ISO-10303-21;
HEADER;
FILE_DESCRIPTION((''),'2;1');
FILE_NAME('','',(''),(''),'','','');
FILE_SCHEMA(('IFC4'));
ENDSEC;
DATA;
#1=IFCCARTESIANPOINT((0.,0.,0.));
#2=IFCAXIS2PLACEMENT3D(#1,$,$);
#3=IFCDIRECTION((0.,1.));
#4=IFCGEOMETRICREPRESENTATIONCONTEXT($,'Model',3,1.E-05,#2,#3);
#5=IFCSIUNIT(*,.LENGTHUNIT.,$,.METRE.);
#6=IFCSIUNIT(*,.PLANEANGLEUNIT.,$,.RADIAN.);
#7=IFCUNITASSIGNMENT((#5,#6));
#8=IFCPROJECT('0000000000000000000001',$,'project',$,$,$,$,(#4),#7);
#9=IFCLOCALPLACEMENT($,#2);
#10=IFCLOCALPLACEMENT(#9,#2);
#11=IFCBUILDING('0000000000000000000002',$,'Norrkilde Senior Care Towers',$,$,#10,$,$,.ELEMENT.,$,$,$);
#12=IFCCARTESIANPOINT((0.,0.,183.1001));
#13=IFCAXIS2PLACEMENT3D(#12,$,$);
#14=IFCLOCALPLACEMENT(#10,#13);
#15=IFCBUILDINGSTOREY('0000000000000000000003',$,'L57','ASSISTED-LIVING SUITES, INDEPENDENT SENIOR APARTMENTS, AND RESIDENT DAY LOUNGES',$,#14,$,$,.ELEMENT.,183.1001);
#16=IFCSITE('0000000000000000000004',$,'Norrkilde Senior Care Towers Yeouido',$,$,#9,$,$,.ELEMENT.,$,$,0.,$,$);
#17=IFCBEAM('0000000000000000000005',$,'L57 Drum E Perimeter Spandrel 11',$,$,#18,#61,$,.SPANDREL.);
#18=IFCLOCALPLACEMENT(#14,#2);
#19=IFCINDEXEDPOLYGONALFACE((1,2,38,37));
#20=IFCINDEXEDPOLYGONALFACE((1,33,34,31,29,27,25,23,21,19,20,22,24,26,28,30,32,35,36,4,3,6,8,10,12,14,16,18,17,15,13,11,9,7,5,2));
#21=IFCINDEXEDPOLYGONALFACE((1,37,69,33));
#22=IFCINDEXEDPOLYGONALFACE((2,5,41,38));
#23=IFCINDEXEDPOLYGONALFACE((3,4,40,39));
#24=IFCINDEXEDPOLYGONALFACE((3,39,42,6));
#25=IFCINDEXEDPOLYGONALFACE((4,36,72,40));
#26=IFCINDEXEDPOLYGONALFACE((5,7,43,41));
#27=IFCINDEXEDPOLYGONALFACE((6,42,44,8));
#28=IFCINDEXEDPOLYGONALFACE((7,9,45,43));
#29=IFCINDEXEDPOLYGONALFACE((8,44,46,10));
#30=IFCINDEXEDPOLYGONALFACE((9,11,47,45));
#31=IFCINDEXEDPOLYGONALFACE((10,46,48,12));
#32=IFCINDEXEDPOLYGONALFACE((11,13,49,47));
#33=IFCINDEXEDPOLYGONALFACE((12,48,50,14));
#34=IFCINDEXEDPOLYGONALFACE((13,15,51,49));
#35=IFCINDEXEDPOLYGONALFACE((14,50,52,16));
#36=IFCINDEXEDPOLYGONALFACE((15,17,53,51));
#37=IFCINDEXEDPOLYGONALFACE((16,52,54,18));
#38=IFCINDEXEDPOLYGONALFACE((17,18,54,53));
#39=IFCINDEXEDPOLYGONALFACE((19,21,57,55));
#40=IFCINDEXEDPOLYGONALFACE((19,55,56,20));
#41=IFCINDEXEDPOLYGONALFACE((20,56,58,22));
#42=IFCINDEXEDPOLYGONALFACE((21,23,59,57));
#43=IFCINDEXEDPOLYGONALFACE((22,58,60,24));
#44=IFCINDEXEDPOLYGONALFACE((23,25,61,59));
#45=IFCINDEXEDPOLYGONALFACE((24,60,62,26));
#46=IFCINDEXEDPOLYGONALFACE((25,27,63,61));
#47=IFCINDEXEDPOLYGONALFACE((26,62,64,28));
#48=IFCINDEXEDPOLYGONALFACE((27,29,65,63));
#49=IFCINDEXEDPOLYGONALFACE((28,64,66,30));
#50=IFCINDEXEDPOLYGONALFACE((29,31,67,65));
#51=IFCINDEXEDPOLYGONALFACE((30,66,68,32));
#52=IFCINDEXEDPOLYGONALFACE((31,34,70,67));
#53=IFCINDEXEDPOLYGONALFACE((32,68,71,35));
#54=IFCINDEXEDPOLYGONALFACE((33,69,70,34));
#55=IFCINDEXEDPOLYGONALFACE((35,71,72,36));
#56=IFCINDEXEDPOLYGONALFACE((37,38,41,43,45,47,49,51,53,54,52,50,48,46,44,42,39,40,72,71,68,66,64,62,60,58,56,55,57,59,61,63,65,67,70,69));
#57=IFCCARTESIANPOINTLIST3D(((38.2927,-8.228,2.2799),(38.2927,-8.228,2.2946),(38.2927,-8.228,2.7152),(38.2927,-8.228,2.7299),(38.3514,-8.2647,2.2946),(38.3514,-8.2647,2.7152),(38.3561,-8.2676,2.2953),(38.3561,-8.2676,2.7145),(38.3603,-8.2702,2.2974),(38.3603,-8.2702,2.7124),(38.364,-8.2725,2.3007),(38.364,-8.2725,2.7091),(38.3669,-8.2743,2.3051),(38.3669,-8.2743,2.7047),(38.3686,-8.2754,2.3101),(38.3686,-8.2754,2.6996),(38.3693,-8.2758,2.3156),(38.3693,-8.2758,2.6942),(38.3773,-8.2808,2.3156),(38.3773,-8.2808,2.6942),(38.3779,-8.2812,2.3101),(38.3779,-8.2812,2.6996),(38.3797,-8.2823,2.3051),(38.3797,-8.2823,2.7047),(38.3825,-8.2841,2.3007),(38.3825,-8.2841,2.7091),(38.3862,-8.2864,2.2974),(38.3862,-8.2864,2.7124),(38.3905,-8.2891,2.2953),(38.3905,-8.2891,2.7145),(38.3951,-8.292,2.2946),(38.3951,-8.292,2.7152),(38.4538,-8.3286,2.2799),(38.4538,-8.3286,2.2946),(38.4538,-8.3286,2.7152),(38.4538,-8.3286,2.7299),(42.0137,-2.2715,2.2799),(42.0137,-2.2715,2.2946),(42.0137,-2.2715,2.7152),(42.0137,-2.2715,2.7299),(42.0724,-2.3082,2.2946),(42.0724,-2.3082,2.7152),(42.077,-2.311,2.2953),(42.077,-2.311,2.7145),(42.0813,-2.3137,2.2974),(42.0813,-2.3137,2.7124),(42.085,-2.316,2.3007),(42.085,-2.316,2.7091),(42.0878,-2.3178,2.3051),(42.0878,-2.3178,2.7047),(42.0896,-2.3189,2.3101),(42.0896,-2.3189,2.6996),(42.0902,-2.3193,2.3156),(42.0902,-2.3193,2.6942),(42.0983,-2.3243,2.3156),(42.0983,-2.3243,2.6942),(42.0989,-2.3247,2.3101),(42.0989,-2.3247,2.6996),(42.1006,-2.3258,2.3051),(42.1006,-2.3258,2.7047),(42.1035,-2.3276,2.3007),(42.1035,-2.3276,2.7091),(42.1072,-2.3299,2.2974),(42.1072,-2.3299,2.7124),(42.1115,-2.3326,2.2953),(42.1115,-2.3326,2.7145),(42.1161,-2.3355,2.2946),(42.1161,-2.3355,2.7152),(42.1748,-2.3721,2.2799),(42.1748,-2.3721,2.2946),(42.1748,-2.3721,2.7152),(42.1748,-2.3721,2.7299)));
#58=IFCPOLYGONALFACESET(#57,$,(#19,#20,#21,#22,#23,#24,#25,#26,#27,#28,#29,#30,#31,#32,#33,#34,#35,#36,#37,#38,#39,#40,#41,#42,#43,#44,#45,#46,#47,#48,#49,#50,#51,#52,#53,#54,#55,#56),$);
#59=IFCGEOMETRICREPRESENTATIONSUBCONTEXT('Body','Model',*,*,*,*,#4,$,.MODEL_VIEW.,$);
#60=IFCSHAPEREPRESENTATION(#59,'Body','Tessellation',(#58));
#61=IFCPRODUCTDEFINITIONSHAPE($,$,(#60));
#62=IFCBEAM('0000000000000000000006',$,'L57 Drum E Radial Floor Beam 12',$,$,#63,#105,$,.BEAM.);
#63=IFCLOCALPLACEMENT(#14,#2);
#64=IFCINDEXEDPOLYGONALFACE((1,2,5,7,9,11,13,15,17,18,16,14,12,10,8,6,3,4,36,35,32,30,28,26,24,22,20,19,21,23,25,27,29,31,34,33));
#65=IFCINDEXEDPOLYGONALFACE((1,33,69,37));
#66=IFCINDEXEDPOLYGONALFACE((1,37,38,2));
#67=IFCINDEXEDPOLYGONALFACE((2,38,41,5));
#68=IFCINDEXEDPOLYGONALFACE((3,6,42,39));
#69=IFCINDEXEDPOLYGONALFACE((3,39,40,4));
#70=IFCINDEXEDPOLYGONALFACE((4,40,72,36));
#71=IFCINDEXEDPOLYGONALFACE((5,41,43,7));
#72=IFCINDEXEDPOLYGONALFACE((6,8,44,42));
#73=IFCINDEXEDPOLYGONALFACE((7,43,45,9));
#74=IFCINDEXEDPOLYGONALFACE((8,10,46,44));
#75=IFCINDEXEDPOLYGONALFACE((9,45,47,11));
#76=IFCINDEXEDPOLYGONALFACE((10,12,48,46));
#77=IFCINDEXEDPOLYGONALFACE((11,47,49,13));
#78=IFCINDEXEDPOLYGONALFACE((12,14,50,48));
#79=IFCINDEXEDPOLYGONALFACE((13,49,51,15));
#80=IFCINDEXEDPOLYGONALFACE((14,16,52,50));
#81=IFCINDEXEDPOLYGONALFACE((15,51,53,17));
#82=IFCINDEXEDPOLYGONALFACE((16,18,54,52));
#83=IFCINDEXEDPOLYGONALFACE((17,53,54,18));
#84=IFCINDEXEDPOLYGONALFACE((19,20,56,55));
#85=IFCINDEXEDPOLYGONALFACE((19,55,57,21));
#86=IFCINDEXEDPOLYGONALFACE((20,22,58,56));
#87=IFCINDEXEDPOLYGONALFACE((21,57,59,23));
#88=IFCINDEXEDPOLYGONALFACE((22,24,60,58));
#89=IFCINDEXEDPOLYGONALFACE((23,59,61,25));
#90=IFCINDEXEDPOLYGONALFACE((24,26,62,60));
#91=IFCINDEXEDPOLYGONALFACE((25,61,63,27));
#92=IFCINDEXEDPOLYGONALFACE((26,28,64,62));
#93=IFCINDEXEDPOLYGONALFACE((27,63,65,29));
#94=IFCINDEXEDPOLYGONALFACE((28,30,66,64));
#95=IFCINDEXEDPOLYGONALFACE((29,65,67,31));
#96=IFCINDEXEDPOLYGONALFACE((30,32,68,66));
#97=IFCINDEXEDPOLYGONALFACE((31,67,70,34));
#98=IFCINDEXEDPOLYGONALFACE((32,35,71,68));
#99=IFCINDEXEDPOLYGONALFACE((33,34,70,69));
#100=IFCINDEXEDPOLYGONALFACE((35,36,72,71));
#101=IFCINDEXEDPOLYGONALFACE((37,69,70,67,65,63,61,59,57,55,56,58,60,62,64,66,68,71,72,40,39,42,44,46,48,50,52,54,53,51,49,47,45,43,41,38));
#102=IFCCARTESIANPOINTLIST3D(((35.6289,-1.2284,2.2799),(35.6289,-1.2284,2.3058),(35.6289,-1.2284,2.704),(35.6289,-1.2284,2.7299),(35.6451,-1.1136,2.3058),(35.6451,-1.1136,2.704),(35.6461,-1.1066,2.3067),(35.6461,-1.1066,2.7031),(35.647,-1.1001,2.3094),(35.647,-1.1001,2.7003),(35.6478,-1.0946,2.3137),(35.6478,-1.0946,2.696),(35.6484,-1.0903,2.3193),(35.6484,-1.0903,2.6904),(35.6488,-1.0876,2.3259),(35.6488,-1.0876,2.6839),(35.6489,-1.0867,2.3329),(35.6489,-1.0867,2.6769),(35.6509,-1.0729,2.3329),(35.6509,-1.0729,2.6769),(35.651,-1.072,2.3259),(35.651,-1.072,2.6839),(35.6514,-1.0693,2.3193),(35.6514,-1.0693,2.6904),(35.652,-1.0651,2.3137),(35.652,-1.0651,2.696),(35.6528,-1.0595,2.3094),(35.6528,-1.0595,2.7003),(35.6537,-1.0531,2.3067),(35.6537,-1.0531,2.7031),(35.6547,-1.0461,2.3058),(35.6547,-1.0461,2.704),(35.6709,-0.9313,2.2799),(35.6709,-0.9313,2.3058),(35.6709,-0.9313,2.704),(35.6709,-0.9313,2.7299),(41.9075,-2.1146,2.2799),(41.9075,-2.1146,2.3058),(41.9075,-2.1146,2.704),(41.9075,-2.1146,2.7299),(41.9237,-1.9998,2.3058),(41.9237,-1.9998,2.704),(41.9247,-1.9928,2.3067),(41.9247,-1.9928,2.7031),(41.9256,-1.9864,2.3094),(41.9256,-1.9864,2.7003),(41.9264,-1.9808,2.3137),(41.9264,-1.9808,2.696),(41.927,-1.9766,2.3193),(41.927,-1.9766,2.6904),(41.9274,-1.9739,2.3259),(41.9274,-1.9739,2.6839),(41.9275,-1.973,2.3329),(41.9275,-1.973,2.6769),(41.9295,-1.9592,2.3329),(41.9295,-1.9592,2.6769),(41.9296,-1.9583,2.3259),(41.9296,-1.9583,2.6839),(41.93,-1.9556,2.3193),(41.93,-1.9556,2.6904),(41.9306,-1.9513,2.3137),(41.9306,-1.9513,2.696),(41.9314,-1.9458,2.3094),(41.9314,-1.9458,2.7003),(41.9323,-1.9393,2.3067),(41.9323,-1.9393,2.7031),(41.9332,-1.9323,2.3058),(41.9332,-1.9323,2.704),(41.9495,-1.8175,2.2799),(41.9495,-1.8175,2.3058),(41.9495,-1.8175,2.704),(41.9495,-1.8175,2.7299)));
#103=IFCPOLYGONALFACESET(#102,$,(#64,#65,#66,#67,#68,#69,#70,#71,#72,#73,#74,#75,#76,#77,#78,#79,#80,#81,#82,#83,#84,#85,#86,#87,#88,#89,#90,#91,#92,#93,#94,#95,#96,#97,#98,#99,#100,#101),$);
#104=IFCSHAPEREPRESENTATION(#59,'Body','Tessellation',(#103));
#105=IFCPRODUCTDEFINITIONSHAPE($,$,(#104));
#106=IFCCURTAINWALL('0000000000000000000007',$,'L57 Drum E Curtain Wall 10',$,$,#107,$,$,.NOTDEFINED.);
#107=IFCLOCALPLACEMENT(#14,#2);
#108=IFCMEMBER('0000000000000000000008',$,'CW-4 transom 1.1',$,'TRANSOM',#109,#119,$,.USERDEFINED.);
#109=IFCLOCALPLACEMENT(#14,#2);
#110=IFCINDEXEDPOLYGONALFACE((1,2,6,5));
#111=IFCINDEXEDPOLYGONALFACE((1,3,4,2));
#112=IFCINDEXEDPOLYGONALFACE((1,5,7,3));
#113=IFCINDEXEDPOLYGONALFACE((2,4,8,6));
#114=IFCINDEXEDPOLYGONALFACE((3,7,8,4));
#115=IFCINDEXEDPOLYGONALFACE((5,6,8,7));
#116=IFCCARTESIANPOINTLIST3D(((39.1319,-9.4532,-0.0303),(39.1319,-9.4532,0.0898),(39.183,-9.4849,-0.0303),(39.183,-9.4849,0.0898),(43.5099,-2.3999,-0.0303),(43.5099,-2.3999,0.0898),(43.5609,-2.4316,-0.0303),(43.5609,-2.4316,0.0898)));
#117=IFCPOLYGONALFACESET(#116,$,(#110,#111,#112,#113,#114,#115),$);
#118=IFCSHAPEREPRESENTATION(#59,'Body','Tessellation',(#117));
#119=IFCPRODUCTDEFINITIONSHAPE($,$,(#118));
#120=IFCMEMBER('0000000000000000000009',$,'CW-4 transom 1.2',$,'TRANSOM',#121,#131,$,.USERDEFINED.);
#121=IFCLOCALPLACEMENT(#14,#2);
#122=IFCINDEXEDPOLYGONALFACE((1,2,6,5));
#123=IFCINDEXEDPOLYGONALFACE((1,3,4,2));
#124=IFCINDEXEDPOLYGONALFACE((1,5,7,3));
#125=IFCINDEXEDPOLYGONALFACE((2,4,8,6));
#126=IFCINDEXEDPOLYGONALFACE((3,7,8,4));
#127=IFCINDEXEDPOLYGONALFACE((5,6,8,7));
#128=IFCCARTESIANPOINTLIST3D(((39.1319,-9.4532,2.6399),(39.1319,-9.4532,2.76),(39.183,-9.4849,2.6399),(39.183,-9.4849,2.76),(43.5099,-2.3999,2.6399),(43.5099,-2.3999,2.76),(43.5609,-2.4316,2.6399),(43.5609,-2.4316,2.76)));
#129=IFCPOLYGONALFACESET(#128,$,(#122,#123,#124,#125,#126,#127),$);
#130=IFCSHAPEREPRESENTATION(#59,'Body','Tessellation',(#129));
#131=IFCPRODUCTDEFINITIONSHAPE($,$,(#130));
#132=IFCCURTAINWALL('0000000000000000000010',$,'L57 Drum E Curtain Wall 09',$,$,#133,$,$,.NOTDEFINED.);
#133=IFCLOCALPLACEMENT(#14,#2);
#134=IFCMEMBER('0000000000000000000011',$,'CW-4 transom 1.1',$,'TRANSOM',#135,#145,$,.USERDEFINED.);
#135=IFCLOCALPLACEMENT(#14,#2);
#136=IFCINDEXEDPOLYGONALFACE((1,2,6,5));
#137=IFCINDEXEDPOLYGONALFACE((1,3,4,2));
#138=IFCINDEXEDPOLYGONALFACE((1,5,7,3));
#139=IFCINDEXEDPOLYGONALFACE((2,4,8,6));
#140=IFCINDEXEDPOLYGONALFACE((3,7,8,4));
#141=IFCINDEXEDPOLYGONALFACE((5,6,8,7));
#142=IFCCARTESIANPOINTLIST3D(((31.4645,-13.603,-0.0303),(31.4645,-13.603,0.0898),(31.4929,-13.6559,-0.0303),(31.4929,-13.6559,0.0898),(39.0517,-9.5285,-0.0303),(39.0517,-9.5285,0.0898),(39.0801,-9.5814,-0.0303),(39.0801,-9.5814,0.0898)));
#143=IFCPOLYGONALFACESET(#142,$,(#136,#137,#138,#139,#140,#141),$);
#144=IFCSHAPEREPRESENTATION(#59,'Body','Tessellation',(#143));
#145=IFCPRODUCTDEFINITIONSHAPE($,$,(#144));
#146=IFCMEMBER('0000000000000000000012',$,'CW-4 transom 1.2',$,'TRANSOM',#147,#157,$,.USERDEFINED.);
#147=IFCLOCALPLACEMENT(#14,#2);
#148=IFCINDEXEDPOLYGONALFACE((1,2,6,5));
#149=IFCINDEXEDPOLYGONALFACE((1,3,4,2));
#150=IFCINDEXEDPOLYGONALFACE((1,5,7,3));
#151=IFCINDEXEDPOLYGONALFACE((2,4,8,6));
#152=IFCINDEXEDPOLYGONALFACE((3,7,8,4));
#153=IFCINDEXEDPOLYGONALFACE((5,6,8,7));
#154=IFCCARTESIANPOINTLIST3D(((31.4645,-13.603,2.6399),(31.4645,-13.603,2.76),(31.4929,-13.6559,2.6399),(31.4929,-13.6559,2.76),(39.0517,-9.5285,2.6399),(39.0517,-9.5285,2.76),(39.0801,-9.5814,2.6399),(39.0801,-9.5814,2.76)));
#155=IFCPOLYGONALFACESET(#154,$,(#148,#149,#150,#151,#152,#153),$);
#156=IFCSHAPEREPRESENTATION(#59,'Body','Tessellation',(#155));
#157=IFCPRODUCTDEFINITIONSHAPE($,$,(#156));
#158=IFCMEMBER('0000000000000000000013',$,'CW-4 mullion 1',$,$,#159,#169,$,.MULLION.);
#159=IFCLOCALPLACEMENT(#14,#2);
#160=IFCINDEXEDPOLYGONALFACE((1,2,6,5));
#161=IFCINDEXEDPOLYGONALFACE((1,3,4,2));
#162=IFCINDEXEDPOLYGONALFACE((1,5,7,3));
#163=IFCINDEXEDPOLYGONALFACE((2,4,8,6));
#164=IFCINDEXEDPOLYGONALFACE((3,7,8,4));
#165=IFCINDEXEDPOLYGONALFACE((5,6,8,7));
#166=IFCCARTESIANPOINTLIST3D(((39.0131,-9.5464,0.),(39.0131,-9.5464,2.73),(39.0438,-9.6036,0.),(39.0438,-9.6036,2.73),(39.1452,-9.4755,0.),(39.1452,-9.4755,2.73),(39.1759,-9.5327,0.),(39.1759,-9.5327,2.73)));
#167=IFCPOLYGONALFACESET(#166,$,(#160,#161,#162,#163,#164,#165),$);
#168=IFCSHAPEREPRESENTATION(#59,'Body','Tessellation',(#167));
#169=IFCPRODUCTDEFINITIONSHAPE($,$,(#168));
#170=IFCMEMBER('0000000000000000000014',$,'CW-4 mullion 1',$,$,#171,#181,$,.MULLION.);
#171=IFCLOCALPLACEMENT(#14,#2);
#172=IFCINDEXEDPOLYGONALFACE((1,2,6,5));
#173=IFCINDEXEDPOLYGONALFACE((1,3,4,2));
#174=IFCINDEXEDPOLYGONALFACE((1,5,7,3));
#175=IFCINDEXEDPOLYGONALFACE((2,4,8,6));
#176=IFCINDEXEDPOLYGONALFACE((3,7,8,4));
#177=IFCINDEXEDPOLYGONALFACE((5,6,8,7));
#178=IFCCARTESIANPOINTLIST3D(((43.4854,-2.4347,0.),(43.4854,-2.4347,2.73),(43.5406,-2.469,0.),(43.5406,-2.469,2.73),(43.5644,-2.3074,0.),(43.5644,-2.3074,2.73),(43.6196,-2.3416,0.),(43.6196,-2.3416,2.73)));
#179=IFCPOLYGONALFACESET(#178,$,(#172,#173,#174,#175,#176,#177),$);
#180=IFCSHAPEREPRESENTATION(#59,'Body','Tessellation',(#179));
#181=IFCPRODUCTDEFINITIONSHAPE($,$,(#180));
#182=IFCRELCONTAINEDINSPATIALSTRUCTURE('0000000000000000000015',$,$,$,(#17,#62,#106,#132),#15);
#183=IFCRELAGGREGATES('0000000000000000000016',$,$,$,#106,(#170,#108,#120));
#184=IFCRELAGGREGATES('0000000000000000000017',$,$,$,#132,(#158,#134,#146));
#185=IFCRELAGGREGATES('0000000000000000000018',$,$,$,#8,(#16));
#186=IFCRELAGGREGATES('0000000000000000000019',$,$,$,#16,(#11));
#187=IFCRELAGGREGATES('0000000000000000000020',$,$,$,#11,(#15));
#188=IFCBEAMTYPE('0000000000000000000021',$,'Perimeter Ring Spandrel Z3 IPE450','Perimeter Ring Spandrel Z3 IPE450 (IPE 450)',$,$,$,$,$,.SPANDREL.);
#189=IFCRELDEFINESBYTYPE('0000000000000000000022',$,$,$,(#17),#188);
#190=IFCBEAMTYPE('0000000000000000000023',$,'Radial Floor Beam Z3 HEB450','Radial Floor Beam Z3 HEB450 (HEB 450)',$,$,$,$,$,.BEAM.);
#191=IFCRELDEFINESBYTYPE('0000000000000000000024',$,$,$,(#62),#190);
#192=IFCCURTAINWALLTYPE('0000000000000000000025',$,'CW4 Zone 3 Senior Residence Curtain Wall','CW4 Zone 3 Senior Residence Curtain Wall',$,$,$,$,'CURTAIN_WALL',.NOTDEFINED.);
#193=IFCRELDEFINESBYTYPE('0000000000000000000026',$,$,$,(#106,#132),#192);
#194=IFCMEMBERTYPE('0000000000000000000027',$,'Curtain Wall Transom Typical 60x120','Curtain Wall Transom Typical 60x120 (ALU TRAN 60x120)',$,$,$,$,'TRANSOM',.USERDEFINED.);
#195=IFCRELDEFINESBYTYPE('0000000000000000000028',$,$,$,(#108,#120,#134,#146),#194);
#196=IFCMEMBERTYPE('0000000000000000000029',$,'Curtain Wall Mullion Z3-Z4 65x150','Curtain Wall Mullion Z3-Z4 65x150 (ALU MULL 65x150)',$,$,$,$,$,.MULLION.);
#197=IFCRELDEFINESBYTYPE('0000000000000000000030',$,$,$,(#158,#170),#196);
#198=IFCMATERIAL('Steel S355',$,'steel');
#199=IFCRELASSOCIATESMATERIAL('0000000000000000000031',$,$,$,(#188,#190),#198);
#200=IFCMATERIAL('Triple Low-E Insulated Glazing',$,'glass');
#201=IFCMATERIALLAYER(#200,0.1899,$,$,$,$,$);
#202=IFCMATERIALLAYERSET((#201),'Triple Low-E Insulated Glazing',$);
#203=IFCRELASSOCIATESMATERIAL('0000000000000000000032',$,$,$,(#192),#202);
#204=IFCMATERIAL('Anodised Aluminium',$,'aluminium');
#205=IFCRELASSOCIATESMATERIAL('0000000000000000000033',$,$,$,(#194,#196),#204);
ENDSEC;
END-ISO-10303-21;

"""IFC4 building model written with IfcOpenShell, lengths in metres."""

from ifc_helpers import new_model, si_unit, direction, frame, origin, origin_2d, place, context, subcontext, project, spatial, rectangle, i_section, extrude, source, transform, mapped, material, layer, layer_set, material_profile, profile_set, type_object, type_shapes, element, aggregate, save


model = new_model("IFC4")

# Units and contexts
model_context = context("Model", 3, precision=1e-05, world=origin(), true_north=direction((0.0, 1.0)))
body_context = subcontext(model_context, "Body", "Model", "MODEL_VIEW")
ifc_project = project(units=[si_unit("LENGTHUNIT", "METRE"), si_unit("PLANEANGLEUNIT", "RADIAN")], contexts=[model_context])

# Site, building, storey
site_placement = place(None, origin())
site = spatial("IfcSite", under=ifc_project, at=site_placement, Name="Norrkilde Senior Care Towers Yeouido", CompositionType="ELEMENT", RefElevation=0.0)
building_placement = place(site_placement, origin())
building = spatial("IfcBuilding", under=site, at=building_placement, Name="Norrkilde Senior Care Towers", CompositionType="ELEMENT")
storey_placement = place(building_placement, frame((0.0, 0.0, 183.1001)))
storey = spatial("IfcBuildingStorey", under=building, at=storey_placement, Name="L57", Description="ASSISTED-LIVING SUITES, INDEPENDENT SENIOR APARTMENTS, AND RESIDENT DAY LOUNGES", CompositionType="ELEMENT", Elevation=183.1001)

# Beams
ifc_material_1 = material(Name="Steel S355", Category="steel")
ifc_material_profile_1 = material_profile(ifc_material_1, i_section(OverallWidth=0.1899, OverallDepth=0.45, WebThickness=0.0095, FlangeThickness=0.0146, FilletRadius=0.021, at=origin_2d()), Name="IPE 450")
ifc_profile_set_1 = profile_set([ifc_material_profile_1], Name="Steel S355")
beam_type_1 = type_object("IfcBeamType", Name="Perimeter Ring Spandrel Z3 IPE450", Description="Perimeter Ring Spandrel Z3 IPE450 (IPE 450)", PredefinedType="SPANDREL", material=ifc_profile_set_1)
shared_shape_1 = source(origin(), body_context, "Body", "SweptSolid", [
    extrude(i_section(OverallWidth=0.1899, OverallDepth=0.45, WebThickness=0.0095, FlangeThickness=0.0146, FilletRadius=0.021, at=origin_2d()), origin(), (0.0, 0.0, 1.0), 7.0232),
])
beam_1_placement = place(storey_placement, frame((38.3733, -8.2783, 2.5049), z_axis=(0.529805, 0.848119, 0.0), x_axis=(-0.848119, 0.529805, 0.0)))
element("IfcBeam", 1, at=beam_1_placement, inside=storey, type_object=beam_type_1, Name="L57 Drum E Perimeter Spandrel 11", PredefinedType="SPANDREL", context=body_context, shape_type="MappedRepresentation", body=[
    mapped(shared_shape_1, transform((0.0, 0.0, 0.0), x_axis=(1.0, 0.0, 0.0), y_axis=(0.0, 1.0, 0.0), z_axis=(0.0, 0.0, 1.0), scale=1.0)),
])
ifc_material_profile_2 = material_profile(ifc_material_1, i_section(OverallWidth=0.3, OverallDepth=0.45, WebThickness=0.0139, FlangeThickness=0.0259, FilletRadius=0.0271, at=origin_2d()), Name="HEB 450")
ifc_profile_set_2 = profile_set([ifc_material_profile_2], Name="Steel S355")
beam_type_2 = type_object("IfcBeamType", Name="Radial Floor Beam Z3 HEB450", Description="Radial Floor Beam Z3 HEB450 (HEB 450)", PredefinedType="BEAM", material=ifc_profile_set_2)
shared_shape_2 = source(origin(), body_context, "Body", "SweptSolid", [
    extrude(i_section(OverallWidth=0.3, OverallDepth=0.45, WebThickness=0.0139, FlangeThickness=0.0259, FilletRadius=0.0271, at=origin_2d()), origin(), (0.0, 0.0, 1.0), 6.3408),
])
type_shapes(beam_type_2, [shared_shape_2])
beam_2_placement = place(storey_placement, frame((35.6499, -1.0798, 2.5049), z_axis=(0.990185, -0.139766, 0.0), x_axis=(0.139766, 0.990185, 0.0)))
element("IfcBeam", 2, at=beam_2_placement, inside=storey, type_object=beam_type_2, Name="L57 Drum E Radial Floor Beam 12", PredefinedType="BEAM", context=body_context, shape_type="MappedRepresentation", body=[
    mapped(shared_shape_2, transform((0.0, 0.0, 0.0), x_axis=(1.0, 0.0, 0.0), y_axis=(0.0, 1.0, 0.0), z_axis=(0.0, 0.0, 1.0), scale=1.0)),
])

# Curtain walls, members
ifc_material_2 = material(Name="Triple Low-E Insulated Glazing", Category="glass")
ifc_layer_1 = layer(ifc_material_2, 0.1899)
ifc_layer_set_1 = layer_set([ifc_layer_1], Name="Triple Low-E Insulated Glazing")
curtain_wall_type = type_object("IfcCurtainWallType", Name="CW4 Zone 3 Senior Residence Curtain Wall", Description="CW4 Zone 3 Senior Residence Curtain Wall", ElementType="CURTAIN_WALL", PredefinedType="NOTDEFINED", material=ifc_layer_set_1)
curtain_wall_1_placement = place(storey_placement, origin())
curtain_wall_1 = element("IfcCurtainWall", 3, at=curtain_wall_1_placement, inside=storey, type_object=curtain_wall_type, Name="L57 Drum E Curtain Wall 10", PredefinedType="NOTDEFINED")
ifc_material_3 = material(Name="Anodised Aluminium", Category="aluminium")
ifc_material_profile_3 = material_profile(ifc_material_3, rectangle(XDim=0.0601, YDim=0.1201, at=origin_2d()), Name="ALU TRAN 60x120")
ifc_profile_set_3 = profile_set([ifc_material_profile_3], Name="Anodised Aluminium")
member_type_1 = type_object("IfcMemberType", Name="Curtain Wall Transom Typical 60x120", Description="Curtain Wall Transom Typical 60x120 (ALU TRAN 60x120)", ElementType="TRANSOM", PredefinedType="USERDEFINED", material=ifc_profile_set_3)
shared_shape_3 = source(origin(), body_context, "Body", "SweptSolid", [
    extrude(rectangle(XDim=0.0601, YDim=0.1201, at=origin_2d()), origin(), (0.0, 0.0, 1.0), 8.3015),
])
member_1_placement = place(storey_placement, frame((43.5354, -2.4158, 0.0298), z_axis=(-0.527369, -0.849637, 0.0), x_axis=(0.849637, -0.527369, 0.0)))
member_1 = element("IfcMember", 4, at=member_1_placement, type_object=member_type_1, Name="CW-4 transom 1.1", ObjectType="TRANSOM", PredefinedType="USERDEFINED", context=body_context, shape_type="MappedRepresentation", body=[
    mapped(shared_shape_3, transform((0.0, 0.0, 0.0), x_axis=(1.0, 0.0, 0.0), y_axis=(0.0, 1.0, 0.0), z_axis=(0.0, 0.0, 1.0), scale=1.0)),
])
member_2_placement = place(storey_placement, frame((43.5354, -2.4158, 2.7), z_axis=(-0.527369, -0.849637, 0.0), x_axis=(0.849637, -0.527369, 0.0)))
member_2 = element("IfcMember", 5, at=member_2_placement, type_object=member_type_1, Name="CW-4 transom 1.2", ObjectType="TRANSOM", PredefinedType="USERDEFINED", context=body_context, shape_type="MappedRepresentation", body=[
    mapped(shared_shape_3, transform((0.0, 0.0, 0.0), x_axis=(1.0, 0.0, 0.0), y_axis=(0.0, 1.0, 0.0), z_axis=(0.0, 0.0, 1.0), scale=1.0)),
])
curtain_wall_2_placement = place(storey_placement, origin())
curtain_wall_2 = element("IfcCurtainWall", 6, at=curtain_wall_2_placement, inside=storey, type_object=curtain_wall_type, Name="L57 Drum E Curtain Wall 09", PredefinedType="NOTDEFINED")
shared_shape_4 = source(origin(), body_context, "Body", "SweptSolid", [
    extrude(rectangle(XDim=0.0601, YDim=0.1201, at=origin_2d()), origin(), (0.0, 0.0, 1.0), 8.6121),
])
type_shapes(member_type_1, [shared_shape_3, shared_shape_4])
member_3_placement = place(storey_placement, frame((39.0659, -9.5549, 0.0298), z_axis=(-0.881, -0.473116, 0.0), x_axis=(0.473116, -0.881, 0.0)))
member_3 = element("IfcMember", 7, at=member_3_placement, type_object=member_type_1, Name="CW-4 transom 1.1", ObjectType="TRANSOM", PredefinedType="USERDEFINED", context=body_context, shape_type="MappedRepresentation", body=[
    mapped(shared_shape_4, transform((0.0, 0.0, 0.0), x_axis=(1.0, 0.0, 0.0), y_axis=(0.0, 1.0, 0.0), z_axis=(0.0, 0.0, 1.0), scale=1.0)),
])
member_4_placement = place(storey_placement, frame((39.0659, -9.5549, 2.7), z_axis=(-0.881, -0.473116, 0.0), x_axis=(0.473116, -0.881, 0.0)))
member_4 = element("IfcMember", 8, at=member_4_placement, type_object=member_type_1, Name="CW-4 transom 1.2", ObjectType="TRANSOM", PredefinedType="USERDEFINED", context=body_context, shape_type="MappedRepresentation", body=[
    mapped(shared_shape_4, transform((0.0, 0.0, 0.0), x_axis=(1.0, 0.0, 0.0), y_axis=(0.0, 1.0, 0.0), z_axis=(0.0, 0.0, 1.0), scale=1.0)),
])
ifc_material_profile_4 = material_profile(ifc_material_3, rectangle(XDim=0.0649, YDim=0.1499, at=origin_2d()), Name="ALU MULL 65x150")
ifc_profile_set_4 = profile_set([ifc_material_profile_4], Name="Anodised Aluminium")
member_type_2 = type_object("IfcMemberType", Name="Curtain Wall Mullion Z3-Z4 65x150", Description="Curtain Wall Mullion Z3-Z4 65x150 (ALU MULL 65x150)", PredefinedType="MULLION", material=ifc_profile_set_4)
shared_shape_5 = source(origin(), body_context, "Body", "SweptSolid", [
    extrude(rectangle(XDim=0.0649, YDim=0.1499, at=origin_2d()), origin(), (0.0, 0.0, 1.0), 2.73),
])
type_shapes(member_type_2, [shared_shape_5])
member_5_placement = place(storey_placement, frame((39.0945, -9.5396, 0.0), z_axis=(0.0, 0.0, 1.0), x_axis=(0.473117, -0.881, 0.0)))
member_5 = element("IfcMember", 9, at=member_5_placement, type_object=member_type_2, Name="CW-4 mullion 1", PredefinedType="MULLION", context=body_context, shape_type="MappedRepresentation", body=[
    mapped(shared_shape_5, transform((0.0, 0.0, 0.0), x_axis=(1.0, 0.0, 0.0), y_axis=(0.0, 1.0, 0.0), z_axis=(0.0, 0.0, 1.0), scale=1.0)),
])

# Member
member_6_placement = place(storey_placement, frame((43.5525, -2.3882, 0.0), z_axis=(0.0, 0.0, 1.0), x_axis=(0.849634, -0.527373, 0.0)))
member_6 = element("IfcMember", 10, at=member_6_placement, type_object=member_type_2, Name="CW-4 mullion 1", PredefinedType="MULLION", context=body_context, shape_type="MappedRepresentation", body=[
    mapped(shared_shape_5, transform((0.0, 0.0, 0.0), x_axis=(1.0, 0.0, 0.0), y_axis=(0.0, 1.0, 0.0), z_axis=(0.0, 0.0, 1.0), scale=1.0)),
])

aggregate(curtain_wall_1, [member_6, member_1, member_2])
aggregate(curtain_wall_2, [member_5, member_3, member_4])

save(model, "model.ifc")
